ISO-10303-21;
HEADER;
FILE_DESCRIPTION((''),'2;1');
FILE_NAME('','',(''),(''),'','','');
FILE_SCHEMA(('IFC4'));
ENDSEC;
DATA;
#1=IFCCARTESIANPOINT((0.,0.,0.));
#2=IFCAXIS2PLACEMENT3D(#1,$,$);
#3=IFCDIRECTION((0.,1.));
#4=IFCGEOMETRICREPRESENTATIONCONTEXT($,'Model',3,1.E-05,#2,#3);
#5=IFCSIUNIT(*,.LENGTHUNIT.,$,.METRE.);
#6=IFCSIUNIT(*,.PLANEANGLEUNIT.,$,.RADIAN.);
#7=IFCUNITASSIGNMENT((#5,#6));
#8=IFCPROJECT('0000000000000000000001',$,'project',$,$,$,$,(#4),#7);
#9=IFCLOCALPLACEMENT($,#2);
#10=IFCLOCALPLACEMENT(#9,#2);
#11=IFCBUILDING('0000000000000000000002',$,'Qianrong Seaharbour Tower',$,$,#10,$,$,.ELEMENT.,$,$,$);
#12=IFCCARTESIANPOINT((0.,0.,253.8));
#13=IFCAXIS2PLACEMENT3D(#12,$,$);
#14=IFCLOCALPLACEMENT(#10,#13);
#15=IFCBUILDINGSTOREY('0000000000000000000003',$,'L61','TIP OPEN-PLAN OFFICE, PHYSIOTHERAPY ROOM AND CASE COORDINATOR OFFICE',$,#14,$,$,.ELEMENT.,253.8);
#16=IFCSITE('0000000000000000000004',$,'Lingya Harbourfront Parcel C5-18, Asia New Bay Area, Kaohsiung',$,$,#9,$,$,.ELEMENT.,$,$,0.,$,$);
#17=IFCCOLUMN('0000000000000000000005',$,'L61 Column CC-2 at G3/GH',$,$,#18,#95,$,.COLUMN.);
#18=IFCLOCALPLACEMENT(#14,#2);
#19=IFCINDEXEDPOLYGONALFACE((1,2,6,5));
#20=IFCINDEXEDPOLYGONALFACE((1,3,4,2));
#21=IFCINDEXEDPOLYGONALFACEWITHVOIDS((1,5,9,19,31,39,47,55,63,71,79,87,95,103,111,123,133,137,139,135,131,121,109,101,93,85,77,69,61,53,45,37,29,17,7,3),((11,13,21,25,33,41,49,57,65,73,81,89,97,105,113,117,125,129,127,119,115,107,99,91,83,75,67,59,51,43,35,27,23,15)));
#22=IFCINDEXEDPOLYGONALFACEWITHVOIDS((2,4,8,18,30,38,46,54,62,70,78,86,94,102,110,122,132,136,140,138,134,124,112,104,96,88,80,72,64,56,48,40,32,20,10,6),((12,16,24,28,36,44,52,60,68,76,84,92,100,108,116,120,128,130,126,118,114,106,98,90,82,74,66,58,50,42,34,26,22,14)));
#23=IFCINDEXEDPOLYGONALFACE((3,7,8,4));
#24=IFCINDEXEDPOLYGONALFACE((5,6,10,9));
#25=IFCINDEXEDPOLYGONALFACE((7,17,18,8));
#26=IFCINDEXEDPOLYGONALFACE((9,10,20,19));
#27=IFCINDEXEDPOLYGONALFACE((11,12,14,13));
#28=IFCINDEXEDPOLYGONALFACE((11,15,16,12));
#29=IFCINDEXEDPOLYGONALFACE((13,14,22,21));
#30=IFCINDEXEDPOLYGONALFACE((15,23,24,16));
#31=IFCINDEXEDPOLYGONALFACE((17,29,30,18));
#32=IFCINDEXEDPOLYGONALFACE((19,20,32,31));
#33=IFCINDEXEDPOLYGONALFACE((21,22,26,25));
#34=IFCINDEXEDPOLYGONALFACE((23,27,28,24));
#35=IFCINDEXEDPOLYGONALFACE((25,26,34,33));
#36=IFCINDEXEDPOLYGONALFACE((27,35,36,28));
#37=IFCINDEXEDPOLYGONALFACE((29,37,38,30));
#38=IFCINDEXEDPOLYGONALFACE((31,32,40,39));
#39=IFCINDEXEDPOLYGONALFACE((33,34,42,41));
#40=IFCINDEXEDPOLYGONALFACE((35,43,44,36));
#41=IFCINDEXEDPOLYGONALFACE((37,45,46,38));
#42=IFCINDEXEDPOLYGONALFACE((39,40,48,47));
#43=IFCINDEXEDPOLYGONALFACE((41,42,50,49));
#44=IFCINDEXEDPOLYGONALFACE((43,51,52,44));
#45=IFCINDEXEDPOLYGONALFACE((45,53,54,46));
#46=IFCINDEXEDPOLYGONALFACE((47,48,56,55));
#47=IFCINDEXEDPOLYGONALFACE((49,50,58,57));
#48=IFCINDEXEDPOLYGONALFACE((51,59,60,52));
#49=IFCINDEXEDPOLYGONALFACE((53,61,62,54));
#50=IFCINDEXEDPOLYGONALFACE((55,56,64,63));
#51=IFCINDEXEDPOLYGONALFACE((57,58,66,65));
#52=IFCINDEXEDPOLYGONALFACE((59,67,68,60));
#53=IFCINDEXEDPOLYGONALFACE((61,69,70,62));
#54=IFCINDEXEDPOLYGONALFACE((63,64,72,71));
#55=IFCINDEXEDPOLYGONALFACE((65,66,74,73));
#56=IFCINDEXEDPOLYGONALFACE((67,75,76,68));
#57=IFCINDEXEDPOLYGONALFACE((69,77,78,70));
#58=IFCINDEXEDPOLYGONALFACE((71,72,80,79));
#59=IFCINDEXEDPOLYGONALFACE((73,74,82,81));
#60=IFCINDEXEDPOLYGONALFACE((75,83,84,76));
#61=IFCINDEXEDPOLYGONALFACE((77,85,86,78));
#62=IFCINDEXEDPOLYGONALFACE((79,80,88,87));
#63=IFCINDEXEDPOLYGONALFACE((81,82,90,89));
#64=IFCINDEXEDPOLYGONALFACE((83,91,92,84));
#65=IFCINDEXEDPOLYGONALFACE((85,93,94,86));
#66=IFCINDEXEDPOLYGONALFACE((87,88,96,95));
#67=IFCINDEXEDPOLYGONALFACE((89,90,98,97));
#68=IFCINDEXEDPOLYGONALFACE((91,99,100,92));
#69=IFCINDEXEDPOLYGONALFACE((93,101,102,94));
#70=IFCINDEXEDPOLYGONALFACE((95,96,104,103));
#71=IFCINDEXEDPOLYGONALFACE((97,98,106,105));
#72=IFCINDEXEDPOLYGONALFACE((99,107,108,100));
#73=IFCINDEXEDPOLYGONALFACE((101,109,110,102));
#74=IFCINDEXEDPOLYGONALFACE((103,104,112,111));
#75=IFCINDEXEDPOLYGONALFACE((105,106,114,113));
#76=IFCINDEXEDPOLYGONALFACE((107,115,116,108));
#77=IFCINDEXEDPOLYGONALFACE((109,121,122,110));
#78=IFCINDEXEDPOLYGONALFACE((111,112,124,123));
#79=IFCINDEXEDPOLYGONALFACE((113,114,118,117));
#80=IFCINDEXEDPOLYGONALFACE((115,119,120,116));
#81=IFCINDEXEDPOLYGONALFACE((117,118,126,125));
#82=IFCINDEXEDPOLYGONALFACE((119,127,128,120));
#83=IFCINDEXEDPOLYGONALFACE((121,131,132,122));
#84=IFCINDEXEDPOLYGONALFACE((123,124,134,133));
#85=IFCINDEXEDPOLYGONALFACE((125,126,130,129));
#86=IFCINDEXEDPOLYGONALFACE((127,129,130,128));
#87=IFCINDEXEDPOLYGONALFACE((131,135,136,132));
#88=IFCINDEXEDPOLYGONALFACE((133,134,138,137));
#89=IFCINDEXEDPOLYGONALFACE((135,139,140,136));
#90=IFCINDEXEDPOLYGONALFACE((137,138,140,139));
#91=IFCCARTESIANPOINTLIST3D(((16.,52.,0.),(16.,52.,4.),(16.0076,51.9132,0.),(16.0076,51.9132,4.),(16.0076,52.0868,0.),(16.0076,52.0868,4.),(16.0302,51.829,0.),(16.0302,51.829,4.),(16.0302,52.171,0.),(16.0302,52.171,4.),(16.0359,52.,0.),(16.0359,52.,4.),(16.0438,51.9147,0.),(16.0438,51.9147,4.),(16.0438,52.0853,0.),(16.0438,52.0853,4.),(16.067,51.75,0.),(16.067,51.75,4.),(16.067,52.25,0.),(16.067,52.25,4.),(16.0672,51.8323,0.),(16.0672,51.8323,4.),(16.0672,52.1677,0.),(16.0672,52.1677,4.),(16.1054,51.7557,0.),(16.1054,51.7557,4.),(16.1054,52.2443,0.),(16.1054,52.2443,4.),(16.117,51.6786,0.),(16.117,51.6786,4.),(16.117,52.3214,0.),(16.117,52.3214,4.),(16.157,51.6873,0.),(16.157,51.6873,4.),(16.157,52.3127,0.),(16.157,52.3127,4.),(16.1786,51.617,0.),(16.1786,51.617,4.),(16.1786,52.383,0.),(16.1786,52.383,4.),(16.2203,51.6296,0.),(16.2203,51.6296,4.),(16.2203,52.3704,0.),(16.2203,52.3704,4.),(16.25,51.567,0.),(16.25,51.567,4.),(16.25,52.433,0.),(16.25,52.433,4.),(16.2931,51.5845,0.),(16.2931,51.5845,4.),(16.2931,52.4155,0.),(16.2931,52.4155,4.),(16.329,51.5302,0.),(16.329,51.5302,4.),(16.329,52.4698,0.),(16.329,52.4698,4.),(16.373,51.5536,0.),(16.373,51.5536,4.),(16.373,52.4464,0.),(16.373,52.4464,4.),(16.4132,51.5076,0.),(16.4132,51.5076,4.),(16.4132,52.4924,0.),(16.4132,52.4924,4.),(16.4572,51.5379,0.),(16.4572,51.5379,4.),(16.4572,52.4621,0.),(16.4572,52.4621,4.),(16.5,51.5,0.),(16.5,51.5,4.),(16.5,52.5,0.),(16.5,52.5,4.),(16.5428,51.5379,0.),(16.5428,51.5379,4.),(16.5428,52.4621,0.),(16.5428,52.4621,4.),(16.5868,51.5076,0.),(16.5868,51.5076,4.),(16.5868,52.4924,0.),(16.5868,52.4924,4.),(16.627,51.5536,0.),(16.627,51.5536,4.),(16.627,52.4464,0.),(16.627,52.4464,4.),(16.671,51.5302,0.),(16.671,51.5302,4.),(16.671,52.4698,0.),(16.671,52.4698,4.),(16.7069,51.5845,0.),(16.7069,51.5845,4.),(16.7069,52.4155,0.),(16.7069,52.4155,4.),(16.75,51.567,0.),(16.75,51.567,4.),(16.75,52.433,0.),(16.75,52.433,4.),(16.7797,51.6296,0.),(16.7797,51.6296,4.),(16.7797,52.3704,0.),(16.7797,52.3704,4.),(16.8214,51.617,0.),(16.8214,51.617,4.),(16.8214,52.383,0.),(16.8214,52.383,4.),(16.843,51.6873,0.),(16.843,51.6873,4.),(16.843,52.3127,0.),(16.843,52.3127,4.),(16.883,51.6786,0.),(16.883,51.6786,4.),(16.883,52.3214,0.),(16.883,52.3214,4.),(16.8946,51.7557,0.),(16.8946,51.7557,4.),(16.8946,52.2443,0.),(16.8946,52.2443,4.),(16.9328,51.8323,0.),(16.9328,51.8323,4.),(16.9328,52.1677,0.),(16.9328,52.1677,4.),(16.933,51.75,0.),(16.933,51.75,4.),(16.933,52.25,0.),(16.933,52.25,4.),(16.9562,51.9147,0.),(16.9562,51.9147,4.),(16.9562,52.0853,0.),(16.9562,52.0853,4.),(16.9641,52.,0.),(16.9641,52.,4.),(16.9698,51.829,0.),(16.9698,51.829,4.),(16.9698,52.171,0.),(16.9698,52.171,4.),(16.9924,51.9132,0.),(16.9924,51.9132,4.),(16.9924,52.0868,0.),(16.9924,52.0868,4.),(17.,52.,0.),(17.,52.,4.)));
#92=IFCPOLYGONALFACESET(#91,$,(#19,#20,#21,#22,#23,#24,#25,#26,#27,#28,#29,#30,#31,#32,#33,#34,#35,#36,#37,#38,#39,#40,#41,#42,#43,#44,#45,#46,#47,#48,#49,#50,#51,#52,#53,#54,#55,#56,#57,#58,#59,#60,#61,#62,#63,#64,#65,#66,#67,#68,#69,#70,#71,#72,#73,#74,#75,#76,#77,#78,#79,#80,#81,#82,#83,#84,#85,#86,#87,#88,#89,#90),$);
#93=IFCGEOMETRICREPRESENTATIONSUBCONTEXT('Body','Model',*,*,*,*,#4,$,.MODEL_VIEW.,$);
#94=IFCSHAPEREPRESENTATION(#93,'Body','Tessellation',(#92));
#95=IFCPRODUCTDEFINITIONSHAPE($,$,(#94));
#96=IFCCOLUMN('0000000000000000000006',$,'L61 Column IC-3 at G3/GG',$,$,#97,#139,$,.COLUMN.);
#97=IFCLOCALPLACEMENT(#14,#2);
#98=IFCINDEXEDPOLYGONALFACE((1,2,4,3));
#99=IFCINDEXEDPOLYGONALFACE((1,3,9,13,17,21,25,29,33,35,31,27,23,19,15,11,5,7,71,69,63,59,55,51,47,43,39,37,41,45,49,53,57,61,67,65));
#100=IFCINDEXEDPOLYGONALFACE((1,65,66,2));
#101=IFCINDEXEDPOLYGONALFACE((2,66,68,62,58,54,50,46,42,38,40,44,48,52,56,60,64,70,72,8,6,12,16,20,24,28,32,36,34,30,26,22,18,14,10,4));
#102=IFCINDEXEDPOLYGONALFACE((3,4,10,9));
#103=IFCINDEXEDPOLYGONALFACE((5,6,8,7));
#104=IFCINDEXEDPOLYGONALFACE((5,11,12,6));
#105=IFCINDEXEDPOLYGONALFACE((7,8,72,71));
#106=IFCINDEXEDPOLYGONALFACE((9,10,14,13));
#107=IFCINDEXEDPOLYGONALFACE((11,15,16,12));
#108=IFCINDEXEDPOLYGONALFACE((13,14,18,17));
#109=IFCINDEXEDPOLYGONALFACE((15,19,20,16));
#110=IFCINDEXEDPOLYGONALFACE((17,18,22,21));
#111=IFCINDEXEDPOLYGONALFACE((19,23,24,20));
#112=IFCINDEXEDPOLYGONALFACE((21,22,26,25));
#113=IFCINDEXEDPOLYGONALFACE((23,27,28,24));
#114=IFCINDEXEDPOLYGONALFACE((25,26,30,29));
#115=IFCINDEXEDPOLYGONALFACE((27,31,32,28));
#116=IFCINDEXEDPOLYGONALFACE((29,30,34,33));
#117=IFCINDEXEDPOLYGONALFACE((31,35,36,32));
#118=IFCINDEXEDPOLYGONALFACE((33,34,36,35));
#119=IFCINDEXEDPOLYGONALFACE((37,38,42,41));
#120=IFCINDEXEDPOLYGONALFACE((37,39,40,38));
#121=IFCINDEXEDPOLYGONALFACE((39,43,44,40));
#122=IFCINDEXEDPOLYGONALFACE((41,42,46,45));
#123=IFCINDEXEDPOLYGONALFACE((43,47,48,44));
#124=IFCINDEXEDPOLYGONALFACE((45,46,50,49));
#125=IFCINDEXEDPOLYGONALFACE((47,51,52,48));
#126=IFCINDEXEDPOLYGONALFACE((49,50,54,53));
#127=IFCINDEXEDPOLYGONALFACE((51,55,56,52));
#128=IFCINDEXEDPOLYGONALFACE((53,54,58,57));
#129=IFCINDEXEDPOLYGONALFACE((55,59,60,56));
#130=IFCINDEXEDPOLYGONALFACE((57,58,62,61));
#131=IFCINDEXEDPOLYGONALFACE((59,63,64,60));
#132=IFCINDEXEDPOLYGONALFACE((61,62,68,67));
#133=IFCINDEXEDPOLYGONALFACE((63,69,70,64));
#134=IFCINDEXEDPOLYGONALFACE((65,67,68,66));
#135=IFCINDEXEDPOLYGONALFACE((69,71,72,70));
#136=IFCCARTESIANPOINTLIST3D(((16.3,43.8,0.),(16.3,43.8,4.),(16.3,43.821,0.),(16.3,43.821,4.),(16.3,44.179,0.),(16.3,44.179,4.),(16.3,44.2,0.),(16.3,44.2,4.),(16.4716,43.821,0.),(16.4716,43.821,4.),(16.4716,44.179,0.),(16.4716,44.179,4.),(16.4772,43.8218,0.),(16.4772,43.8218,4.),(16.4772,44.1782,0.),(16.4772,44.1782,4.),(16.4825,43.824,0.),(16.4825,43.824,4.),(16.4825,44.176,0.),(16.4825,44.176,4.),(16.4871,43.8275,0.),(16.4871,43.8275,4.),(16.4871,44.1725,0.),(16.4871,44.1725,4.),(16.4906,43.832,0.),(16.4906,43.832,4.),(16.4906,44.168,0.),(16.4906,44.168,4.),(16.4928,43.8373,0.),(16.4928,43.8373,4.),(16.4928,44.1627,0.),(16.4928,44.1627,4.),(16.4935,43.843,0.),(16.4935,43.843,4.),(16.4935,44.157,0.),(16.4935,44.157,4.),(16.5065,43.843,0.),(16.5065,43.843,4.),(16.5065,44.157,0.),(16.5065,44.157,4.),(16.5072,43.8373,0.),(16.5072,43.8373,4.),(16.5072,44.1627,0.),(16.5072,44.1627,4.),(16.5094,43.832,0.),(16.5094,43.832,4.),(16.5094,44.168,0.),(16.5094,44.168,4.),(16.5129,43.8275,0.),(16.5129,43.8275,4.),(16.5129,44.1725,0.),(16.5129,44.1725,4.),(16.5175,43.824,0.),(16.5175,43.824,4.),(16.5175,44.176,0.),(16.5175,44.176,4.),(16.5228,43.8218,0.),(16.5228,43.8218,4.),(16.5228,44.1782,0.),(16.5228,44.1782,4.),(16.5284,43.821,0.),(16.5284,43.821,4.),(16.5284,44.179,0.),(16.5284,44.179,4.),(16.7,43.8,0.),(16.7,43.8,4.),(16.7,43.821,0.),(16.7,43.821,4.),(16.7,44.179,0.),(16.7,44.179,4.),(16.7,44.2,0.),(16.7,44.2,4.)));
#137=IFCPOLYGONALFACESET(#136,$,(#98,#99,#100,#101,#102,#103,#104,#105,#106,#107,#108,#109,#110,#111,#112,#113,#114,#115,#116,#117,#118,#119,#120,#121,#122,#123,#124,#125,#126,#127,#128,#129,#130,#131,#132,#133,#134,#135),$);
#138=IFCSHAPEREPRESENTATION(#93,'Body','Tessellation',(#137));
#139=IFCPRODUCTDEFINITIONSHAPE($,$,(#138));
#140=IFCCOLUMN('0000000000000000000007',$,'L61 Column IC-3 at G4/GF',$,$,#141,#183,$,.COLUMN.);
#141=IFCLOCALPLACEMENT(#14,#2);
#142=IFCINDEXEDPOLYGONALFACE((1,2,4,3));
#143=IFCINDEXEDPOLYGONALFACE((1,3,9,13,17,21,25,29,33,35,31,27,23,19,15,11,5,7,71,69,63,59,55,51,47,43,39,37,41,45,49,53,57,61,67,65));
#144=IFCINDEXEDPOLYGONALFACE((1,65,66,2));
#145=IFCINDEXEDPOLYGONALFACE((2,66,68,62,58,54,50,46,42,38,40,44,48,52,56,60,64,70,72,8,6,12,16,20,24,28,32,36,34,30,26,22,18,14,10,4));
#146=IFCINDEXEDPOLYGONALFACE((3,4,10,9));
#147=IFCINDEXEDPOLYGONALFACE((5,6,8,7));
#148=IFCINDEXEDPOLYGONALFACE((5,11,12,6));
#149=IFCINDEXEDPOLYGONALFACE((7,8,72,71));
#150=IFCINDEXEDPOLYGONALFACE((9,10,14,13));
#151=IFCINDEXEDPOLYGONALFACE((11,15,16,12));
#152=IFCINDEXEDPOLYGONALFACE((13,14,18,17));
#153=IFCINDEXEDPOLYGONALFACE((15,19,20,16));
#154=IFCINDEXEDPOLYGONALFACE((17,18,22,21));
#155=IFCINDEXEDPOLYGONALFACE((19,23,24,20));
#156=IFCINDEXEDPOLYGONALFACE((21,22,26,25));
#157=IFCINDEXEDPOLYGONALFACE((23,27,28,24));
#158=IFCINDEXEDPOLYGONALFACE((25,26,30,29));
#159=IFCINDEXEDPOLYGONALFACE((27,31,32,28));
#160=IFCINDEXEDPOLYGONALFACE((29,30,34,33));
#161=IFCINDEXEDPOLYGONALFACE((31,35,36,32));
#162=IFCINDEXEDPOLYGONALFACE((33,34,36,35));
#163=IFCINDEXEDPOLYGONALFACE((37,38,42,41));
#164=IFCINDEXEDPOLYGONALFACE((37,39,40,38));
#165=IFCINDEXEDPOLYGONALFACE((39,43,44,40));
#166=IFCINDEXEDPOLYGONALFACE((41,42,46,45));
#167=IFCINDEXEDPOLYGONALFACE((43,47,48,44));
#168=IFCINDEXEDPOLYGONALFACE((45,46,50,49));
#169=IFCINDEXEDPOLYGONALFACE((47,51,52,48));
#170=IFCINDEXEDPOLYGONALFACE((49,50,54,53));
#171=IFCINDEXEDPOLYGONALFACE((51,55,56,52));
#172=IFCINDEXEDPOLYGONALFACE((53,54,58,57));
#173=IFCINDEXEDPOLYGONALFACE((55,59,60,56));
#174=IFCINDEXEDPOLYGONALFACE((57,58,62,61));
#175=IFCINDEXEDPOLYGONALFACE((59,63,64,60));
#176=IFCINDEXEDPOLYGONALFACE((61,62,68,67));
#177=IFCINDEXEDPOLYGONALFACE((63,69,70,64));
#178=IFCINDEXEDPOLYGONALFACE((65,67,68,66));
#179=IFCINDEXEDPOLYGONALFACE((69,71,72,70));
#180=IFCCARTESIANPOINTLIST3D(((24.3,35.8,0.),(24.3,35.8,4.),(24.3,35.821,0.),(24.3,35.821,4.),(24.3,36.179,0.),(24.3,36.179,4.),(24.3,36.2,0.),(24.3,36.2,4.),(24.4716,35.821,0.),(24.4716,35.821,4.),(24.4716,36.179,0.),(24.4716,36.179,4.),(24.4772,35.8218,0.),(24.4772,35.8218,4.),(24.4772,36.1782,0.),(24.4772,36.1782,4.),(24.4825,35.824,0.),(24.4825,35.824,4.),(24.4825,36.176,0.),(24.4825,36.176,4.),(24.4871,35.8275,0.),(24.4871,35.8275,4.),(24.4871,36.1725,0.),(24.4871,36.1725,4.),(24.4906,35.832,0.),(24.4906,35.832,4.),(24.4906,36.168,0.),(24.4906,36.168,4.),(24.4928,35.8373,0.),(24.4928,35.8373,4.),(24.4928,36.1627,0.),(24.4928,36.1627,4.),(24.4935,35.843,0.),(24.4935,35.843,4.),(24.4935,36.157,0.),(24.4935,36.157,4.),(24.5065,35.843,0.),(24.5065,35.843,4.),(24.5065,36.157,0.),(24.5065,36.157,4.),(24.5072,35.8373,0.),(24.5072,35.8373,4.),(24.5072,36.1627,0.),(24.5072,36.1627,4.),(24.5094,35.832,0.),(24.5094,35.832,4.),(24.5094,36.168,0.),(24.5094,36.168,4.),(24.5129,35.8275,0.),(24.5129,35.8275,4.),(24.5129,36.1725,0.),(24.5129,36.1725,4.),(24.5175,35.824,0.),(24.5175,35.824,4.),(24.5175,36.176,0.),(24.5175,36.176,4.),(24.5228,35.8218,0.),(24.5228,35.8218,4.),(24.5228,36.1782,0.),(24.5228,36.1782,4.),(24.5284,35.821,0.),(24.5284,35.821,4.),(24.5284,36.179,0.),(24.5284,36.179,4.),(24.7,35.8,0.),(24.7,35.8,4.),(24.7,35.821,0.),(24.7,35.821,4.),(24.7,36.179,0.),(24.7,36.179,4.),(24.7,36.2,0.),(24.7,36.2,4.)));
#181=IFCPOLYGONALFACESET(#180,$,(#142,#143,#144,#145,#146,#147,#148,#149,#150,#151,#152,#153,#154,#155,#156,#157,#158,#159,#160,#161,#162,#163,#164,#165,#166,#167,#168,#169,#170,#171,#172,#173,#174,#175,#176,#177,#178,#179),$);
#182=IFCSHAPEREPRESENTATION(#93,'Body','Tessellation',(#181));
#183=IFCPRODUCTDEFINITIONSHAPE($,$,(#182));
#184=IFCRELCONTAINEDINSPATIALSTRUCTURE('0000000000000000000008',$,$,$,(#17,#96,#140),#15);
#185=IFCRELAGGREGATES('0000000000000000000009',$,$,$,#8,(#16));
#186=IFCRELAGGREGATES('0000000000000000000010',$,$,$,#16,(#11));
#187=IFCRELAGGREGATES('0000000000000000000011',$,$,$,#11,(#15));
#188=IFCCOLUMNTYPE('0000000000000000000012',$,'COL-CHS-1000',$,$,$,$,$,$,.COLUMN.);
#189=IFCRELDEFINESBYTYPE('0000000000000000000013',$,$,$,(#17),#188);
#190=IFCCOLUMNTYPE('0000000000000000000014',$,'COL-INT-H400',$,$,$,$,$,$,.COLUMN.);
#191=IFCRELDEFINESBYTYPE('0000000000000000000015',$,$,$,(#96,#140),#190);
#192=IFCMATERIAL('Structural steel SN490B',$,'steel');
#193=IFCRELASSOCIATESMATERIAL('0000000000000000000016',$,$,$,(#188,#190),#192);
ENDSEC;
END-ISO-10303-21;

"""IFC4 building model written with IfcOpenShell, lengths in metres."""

from ifc_helpers import new_model, si_unit, direction, frame, origin, origin_2d, place, context, subcontext, project, spatial, hollow_circle, i_section, extrude, material, material_profile, profile_set, type_object, element, save


model = new_model("IFC4")

# Units and contexts
model_context = context("Model", 3, precision=1e-05, world=origin(), true_north=direction((0.0, 1.0)))
body_context = subcontext(model_context, "Body", "Model", "MODEL_VIEW")
ifc_project = project(units=[si_unit("LENGTHUNIT", "METRE"), si_unit("PLANEANGLEUNIT", "RADIAN")], contexts=[model_context])

# Site, building, storey
site_placement = place(None, origin())
site = spatial("IfcSite", under=ifc_project, at=site_placement, Name="Lingya Harbourfront Parcel C5-18, Asia New Bay Area, Kaohsiung", CompositionType="ELEMENT", RefElevation=0.0)
building_placement = place(site_placement, origin())
building = spatial("IfcBuilding", under=site, at=building_placement, Name="Qianrong Seaharbour Tower", CompositionType="ELEMENT")
storey_placement = place(building_placement, frame((0.0, 0.0, 253.8)))
storey = spatial("IfcBuildingStorey", under=building, at=storey_placement, Name="L61", Description="TIP OPEN-PLAN OFFICE, PHYSIOTHERAPY ROOM AND CASE COORDINATOR OFFICE", CompositionType="ELEMENT", Elevation=253.8)

# Columns
ifc_material_1 = material(Name="Structural steel SN490B", Category="steel")
ifc_material_profile_1 = material_profile(ifc_material_1, hollow_circle(Radius=0.5, WallThickness=0.0359, at=origin_2d()), Name="CHS1000x36")
ifc_profile_set_1 = profile_set([ifc_material_profile_1], Name="Structural steel SN490B")
column_type_1 = type_object("IfcColumnType", Name="COL-CHS-1000", PredefinedType="COLUMN", material=ifc_profile_set_1)
column_placement = place(storey_placement, frame((16.5, 52.0, 0.0), z_axis=(0.0, 0.0, 1.0), x_axis=(1.0, 0.0, 0.0)))
element("IfcColumn", 1, at=column_placement, inside=storey, type_object=column_type_1, Name="L61 Column CC-2 at G3/GH", PredefinedType="COLUMN", context=body_context, shape_type="SweptSolid", body=[
    extrude(hollow_circle(Radius=0.5, WallThickness=0.0359, at=origin_2d()), origin(), (0.0, 0.0, 1.0), 4.0),
])
ifc_material_profile_2 = material_profile(ifc_material_1, i_section(OverallWidth=0.3999, OverallDepth=0.3999, WebThickness=0.0129, FlangeThickness=0.021, FilletRadius=0.022, at=origin_2d()), Name="H400x400x13x21")
ifc_profile_set_2 = profile_set([ifc_material_profile_2], Name="Structural steel SN490B")
column_type_2 = type_object("IfcColumnType", Name="COL-INT-H400", PredefinedType="COLUMN", material=ifc_profile_set_2)
for number, where, z_axis, x_axis, name in (
    (2, (16.5, 44.0, 0.0), (0.0, 0.0, 1.0), (1.0, 0.0, 0.0), "L61 Column IC-3 at G3/GG"),
    (3, (24.5, 36.0, 0.0), (0.0, 0.0, 1.0), (1.0, 0.0, 0.0), "L61 Column IC-3 at G4/GF"),
):
    element("IfcColumn", number, at=place(storey_placement, frame(where, z_axis=z_axis, x_axis=x_axis)), inside=storey, type_object=column_type_2, Name=name, PredefinedType="COLUMN", context=body_context, shape_type="SweptSolid", body=[
        extrude(i_section(OverallWidth=0.3999, OverallDepth=0.3999, WebThickness=0.0129, FlangeThickness=0.021, FilletRadius=0.022, at=origin_2d()), origin(), (0.0, 0.0, 1.0), 4.0),
    ])

save(model, "model.ifc")
